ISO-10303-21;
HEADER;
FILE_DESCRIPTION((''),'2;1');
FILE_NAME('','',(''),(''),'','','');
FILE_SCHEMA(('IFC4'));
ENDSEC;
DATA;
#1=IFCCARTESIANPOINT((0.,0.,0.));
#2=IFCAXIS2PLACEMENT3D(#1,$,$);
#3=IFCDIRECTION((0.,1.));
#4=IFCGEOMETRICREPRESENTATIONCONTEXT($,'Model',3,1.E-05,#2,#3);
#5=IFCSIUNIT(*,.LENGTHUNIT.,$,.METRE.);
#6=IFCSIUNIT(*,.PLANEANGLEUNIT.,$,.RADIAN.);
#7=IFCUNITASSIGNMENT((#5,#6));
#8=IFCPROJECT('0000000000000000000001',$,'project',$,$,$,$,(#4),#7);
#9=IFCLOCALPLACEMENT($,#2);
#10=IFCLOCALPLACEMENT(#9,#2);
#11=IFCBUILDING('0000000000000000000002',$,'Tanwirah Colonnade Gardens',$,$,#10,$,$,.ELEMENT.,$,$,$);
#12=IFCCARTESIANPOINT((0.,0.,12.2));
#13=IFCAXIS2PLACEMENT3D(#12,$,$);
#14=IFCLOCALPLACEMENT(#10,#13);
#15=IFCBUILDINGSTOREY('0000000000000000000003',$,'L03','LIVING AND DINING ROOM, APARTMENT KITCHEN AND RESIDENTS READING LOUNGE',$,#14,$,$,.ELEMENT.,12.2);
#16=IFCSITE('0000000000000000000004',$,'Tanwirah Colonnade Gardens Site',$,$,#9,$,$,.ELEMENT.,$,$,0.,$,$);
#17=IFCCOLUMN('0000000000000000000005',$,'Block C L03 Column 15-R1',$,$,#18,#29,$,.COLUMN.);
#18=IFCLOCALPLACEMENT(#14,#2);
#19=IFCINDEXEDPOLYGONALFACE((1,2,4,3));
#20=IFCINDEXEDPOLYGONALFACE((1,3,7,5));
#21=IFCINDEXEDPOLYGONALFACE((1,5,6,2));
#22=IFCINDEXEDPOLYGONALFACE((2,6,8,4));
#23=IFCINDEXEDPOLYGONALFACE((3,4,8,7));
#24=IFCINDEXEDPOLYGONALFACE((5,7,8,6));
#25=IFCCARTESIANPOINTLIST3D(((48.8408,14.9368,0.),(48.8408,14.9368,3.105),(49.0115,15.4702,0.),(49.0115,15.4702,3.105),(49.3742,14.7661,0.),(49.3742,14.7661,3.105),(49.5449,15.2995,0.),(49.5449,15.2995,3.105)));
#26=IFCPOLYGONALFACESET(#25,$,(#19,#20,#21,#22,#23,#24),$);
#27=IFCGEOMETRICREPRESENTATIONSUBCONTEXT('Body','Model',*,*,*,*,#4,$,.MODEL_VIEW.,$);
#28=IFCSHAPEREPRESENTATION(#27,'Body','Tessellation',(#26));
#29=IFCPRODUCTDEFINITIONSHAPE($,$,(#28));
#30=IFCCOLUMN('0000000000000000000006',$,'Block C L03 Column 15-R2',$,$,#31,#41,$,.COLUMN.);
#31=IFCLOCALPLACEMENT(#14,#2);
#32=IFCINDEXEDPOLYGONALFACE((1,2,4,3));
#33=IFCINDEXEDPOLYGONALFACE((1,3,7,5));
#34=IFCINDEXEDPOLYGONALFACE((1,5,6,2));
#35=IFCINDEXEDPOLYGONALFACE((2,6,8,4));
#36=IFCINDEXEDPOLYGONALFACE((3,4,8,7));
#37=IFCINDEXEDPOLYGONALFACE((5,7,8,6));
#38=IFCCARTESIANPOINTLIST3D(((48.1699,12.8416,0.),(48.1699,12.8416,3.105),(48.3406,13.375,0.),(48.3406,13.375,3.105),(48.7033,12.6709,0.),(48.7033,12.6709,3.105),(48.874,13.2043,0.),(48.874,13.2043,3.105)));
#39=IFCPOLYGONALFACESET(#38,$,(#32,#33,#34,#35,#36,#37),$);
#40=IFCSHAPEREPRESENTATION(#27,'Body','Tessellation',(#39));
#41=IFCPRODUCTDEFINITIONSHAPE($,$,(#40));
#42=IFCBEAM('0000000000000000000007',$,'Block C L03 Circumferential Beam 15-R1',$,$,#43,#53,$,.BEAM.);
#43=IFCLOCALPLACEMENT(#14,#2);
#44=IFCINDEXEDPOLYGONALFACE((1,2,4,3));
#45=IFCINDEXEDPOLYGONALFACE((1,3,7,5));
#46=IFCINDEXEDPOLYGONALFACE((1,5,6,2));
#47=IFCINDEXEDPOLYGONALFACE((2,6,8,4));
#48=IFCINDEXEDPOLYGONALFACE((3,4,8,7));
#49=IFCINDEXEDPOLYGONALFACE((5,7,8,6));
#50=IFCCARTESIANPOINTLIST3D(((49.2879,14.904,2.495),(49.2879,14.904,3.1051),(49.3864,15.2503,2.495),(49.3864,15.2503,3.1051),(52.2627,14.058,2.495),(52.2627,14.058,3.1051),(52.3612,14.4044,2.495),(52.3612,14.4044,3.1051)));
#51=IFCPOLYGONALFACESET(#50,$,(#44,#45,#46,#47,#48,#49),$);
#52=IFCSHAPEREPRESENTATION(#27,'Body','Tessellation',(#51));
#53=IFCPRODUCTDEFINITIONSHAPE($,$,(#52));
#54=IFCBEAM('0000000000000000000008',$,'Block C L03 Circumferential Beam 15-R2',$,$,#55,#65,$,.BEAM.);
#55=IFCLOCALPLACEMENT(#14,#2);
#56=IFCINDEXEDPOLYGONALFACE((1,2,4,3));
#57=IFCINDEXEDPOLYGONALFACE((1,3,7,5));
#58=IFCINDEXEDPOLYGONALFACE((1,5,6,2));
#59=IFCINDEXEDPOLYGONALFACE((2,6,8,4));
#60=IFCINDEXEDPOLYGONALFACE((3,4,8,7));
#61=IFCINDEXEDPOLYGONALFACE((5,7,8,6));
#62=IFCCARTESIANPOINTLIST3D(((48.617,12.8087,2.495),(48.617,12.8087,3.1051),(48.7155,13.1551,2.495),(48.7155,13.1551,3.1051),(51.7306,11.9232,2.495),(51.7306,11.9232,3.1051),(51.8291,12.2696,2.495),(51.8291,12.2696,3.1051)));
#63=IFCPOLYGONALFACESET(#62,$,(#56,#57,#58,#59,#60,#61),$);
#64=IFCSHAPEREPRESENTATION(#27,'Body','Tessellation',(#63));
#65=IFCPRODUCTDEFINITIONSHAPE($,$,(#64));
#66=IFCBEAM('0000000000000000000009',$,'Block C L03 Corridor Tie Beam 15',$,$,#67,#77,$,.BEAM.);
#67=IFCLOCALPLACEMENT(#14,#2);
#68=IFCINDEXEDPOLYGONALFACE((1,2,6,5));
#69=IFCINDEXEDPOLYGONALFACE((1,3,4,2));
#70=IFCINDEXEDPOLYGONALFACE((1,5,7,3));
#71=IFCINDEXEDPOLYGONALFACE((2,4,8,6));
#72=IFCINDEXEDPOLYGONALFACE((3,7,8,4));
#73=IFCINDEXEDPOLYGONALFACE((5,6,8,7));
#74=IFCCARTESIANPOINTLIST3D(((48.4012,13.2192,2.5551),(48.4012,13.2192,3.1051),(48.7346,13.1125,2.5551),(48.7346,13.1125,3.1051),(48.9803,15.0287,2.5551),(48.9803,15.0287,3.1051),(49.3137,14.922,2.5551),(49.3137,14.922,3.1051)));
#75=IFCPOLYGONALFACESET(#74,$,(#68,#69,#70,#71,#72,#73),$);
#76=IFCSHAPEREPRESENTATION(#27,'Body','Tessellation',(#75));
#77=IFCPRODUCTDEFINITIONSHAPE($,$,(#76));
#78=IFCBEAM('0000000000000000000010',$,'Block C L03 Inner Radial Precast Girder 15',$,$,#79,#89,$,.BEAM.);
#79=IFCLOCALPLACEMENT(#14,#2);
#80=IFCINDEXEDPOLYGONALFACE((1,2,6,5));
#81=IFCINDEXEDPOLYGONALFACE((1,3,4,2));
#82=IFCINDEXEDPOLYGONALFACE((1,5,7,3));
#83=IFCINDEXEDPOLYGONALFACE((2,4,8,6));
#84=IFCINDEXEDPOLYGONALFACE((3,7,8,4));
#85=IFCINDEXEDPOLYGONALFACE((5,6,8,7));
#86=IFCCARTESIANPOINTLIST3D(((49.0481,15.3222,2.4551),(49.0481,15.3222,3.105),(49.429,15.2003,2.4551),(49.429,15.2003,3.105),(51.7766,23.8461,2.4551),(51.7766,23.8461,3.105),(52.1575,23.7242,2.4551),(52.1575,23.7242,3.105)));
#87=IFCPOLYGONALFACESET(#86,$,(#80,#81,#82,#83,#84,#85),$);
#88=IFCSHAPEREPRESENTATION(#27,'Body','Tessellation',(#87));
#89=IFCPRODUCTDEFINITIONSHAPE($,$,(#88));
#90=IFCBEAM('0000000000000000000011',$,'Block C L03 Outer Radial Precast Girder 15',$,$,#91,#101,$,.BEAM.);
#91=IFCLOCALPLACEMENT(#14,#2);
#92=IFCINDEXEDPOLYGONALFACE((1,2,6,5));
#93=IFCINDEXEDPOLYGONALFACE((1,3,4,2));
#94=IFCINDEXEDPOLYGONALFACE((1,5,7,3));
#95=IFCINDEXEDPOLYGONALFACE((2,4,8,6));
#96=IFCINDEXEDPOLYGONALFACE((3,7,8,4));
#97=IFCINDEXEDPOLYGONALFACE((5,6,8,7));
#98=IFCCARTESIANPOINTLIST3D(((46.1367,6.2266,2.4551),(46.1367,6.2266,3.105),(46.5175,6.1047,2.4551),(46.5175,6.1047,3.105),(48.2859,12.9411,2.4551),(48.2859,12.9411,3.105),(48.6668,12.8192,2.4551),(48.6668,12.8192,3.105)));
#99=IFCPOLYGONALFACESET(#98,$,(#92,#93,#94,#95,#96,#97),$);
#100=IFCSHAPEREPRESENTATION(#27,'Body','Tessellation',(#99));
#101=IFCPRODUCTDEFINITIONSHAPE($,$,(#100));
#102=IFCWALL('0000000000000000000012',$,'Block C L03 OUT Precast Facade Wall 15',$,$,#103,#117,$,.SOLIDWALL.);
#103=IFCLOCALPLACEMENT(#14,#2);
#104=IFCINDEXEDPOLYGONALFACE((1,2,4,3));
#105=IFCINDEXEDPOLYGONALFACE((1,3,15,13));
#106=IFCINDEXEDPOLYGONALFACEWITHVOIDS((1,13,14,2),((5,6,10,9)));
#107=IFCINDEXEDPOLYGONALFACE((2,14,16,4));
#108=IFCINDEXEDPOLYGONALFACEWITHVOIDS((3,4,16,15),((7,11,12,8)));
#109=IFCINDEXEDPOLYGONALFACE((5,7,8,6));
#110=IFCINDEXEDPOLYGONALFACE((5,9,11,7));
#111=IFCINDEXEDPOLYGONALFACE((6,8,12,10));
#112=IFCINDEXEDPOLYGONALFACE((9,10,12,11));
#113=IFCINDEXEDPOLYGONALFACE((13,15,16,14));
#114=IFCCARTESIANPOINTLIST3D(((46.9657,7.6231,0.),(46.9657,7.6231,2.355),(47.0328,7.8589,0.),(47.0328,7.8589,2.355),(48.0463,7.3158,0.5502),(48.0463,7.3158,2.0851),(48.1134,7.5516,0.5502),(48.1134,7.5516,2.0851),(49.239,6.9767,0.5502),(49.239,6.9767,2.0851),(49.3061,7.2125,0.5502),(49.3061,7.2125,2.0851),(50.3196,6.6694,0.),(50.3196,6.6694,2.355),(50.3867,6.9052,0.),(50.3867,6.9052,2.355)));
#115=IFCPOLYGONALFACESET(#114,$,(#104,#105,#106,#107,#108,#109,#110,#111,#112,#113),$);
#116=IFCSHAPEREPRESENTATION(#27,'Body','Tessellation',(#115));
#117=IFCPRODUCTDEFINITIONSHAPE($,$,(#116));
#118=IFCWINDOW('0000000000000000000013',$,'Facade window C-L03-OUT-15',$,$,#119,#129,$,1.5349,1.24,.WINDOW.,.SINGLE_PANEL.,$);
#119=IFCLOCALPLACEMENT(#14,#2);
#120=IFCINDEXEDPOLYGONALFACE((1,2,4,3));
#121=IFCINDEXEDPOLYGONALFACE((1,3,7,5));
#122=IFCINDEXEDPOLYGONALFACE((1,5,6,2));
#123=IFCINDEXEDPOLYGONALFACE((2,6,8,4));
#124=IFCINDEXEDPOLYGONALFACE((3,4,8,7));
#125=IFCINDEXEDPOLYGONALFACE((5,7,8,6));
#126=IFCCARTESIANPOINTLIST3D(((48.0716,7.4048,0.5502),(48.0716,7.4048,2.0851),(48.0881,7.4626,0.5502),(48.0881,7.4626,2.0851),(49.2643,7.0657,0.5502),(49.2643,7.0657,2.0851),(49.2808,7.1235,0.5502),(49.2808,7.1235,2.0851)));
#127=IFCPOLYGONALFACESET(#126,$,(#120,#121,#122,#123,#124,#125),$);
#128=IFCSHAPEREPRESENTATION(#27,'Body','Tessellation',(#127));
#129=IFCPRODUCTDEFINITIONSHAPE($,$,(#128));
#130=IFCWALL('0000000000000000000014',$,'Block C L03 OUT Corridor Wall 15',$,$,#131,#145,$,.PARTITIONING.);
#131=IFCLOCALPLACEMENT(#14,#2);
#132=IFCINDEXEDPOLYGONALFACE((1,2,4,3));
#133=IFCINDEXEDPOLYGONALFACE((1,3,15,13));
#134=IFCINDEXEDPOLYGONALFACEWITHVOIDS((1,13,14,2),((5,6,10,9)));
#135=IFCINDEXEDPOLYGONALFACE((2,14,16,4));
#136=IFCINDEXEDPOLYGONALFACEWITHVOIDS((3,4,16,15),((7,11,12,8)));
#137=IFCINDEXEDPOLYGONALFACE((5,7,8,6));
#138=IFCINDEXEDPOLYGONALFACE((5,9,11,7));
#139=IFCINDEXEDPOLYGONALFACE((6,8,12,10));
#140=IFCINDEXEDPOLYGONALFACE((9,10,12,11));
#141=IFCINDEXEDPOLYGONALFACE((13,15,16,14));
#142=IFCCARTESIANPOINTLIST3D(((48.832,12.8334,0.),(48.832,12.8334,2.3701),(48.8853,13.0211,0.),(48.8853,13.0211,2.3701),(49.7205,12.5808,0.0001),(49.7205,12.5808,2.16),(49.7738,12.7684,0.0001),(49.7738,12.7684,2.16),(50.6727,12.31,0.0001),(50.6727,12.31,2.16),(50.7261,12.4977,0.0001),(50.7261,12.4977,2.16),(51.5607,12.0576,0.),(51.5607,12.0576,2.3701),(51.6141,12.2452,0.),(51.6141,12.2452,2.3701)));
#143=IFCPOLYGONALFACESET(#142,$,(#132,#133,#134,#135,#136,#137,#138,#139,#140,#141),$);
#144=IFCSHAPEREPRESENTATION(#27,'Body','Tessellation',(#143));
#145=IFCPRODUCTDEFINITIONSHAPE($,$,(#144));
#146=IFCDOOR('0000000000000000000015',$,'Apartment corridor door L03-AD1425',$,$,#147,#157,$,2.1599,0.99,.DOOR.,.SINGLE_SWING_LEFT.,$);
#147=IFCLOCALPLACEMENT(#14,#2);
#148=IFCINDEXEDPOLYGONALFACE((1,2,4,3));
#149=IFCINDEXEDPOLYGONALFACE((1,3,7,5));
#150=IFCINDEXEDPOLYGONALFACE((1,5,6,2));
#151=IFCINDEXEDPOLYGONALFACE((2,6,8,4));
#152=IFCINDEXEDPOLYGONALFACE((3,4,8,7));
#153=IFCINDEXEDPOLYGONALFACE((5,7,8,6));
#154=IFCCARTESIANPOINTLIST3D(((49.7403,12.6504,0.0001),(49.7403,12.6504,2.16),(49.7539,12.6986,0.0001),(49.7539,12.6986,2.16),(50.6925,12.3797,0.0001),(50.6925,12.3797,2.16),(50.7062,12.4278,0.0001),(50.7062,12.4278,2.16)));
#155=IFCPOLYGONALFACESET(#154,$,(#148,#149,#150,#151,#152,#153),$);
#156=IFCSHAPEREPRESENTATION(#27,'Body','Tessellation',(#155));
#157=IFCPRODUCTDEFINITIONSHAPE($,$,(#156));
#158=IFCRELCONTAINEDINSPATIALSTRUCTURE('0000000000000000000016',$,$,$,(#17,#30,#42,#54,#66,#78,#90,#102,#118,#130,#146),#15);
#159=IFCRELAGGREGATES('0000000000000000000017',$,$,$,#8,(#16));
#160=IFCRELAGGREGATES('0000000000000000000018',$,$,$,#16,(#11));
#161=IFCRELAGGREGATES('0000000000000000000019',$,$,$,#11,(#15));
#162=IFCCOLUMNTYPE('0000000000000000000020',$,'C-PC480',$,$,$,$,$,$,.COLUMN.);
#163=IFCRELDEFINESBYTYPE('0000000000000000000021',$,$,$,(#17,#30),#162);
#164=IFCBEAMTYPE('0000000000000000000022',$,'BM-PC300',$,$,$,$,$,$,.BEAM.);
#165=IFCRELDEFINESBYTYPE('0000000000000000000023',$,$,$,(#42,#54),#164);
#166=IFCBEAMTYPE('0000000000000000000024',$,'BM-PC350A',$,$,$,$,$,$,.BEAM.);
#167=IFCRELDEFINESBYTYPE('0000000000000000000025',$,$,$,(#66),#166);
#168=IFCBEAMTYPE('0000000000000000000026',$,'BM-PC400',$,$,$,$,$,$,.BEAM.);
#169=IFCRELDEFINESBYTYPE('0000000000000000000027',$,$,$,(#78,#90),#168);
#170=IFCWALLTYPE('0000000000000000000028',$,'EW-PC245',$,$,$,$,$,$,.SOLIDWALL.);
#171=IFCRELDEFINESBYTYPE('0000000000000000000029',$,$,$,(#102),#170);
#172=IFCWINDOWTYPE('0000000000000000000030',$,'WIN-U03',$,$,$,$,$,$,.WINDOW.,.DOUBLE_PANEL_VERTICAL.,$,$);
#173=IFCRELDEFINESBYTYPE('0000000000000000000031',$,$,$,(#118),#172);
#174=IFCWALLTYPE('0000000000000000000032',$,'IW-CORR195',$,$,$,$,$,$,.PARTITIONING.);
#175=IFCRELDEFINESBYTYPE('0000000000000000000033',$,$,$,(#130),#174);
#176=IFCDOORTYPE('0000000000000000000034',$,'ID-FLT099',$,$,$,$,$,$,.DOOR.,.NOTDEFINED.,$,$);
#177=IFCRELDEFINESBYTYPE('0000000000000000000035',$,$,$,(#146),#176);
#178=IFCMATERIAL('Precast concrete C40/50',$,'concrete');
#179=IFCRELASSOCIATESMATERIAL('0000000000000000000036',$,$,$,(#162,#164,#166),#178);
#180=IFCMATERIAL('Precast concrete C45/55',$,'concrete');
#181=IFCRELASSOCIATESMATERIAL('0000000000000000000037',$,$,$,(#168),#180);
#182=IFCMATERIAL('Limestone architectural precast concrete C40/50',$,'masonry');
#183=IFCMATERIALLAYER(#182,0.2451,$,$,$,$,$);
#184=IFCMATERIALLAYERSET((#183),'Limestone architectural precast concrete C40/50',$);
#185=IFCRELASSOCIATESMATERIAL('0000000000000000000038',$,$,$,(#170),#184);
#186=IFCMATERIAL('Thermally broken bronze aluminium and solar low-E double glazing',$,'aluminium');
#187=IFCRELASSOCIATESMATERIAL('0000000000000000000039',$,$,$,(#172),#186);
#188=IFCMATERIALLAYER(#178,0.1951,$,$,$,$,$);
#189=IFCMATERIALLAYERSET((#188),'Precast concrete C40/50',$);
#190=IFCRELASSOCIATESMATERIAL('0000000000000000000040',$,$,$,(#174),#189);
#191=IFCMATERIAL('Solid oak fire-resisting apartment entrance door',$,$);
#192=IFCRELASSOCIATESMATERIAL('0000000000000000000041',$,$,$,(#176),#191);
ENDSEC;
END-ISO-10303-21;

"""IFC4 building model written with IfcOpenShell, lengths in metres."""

from ifc_helpers import new_model, si_unit, direction, frame, frame_2d, origin, origin_2d, place, context, subcontext, project, spatial, rectangle, extrude, material, layer, layer_set, material_profile, profile_set, type_object, element, fill, save


model = new_model("IFC4")

# Units and contexts
model_context = context("Model", 3, precision=1e-05, world=origin(), true_north=direction((0.0, 1.0)))
body_context = subcontext(model_context, "Body", "Model", "MODEL_VIEW")
ifc_project = project(units=[si_unit("LENGTHUNIT", "METRE"), si_unit("PLANEANGLEUNIT", "RADIAN")], contexts=[model_context])

# Site, building, storey
site_placement = place(None, origin())
site = spatial("IfcSite", under=ifc_project, at=site_placement, Name="Tanwirah Colonnade Gardens Site", CompositionType="ELEMENT", RefElevation=0.0)
building_placement = place(site_placement, origin())
building = spatial("IfcBuilding", under=site, at=building_placement, Name="Tanwirah Colonnade Gardens", CompositionType="ELEMENT")
storey_placement = place(building_placement, frame((0.0, 0.0, 12.2)))
storey = spatial("IfcBuildingStorey", under=building, at=storey_placement, Name="L03", Description="LIVING AND DINING ROOM, APARTMENT KITCHEN AND RESIDENTS READING LOUNGE", CompositionType="ELEMENT", Elevation=12.2)

# Columns
ifc_material_1 = material(Name="Precast concrete C40/50", Category="concrete")
ifc_material_profile_1 = material_profile(ifc_material_1, rectangle(XDim=0.5601, YDim=0.5601, at=origin_2d()), Name="PC-COL 560x560")
ifc_profile_set_1 = profile_set([ifc_material_profile_1], Name="Precast concrete C40/50")
column_type = type_object("IfcColumnType", Name="C-PC480", PredefinedType="COLUMN", material=ifc_profile_set_1)
for number, where, z_axis, x_axis, name in (
    (1, (49.1929, 15.1182, 0.0), (0.0, 0.0, 1.0), (-0.304864, -0.952396, 0.0), "Block C L03 Column 15-R1"),
    (2, (48.522, 13.0229, 0.0), (0.0, 0.0, 1.0), (-0.304864, -0.952396, 0.0), "Block C L03 Column 15-R2"),
):
    element("IfcColumn", number, at=place(storey_placement, frame(where, z_axis=z_axis, x_axis=x_axis)), inside=storey, type_object=column_type, Name=name, PredefinedType="COLUMN", context=body_context, shape_type="SweptSolid", body=[
        extrude(rectangle(XDim=0.5601, YDim=0.5601, at=origin_2d()), origin(), (0.0, 0.0, 1.0), 3.105),
    ])

# Beams
ifc_material_profile_2 = material_profile(ifc_material_1, rectangle(XDim=0.3601, YDim=0.6101, at=origin_2d()), Name="PC-BM 360x610")
ifc_profile_set_2 = profile_set([ifc_material_profile_2], Name="Precast concrete C40/50")
beam_type_1 = type_object("IfcBeamType", Name="BM-PC300", PredefinedType="BEAM", material=ifc_profile_set_2)
beam_1_placement = place(storey_placement, frame((49.3372, 15.0771, 2.8), z_axis=(0.961866, -0.273522, 0.0), x_axis=(0.273522, 0.961866, 0.0)))
element("IfcBeam", 3, at=beam_1_placement, inside=storey, type_object=beam_type_1, Name="Block C L03 Circumferential Beam 15-R1", PredefinedType="BEAM", context=body_context, shape_type="SweptSolid", body=[
    extrude(rectangle(XDim=0.3601, YDim=0.6101, at=origin_2d()), origin(), (0.0, 0.0, 1.0), 3.0928),
])
beam_2_placement = place(storey_placement, frame((48.6663, 12.9819, 2.8), z_axis=(0.961856, -0.273555, 0.0), x_axis=(0.273555, 0.961856, 0.0)))
element("IfcBeam", 4, at=beam_2_placement, inside=storey, type_object=beam_type_1, Name="Block C L03 Circumferential Beam 15-R2", PredefinedType="BEAM", context=body_context, shape_type="SweptSolid", body=[
    extrude(rectangle(XDim=0.3601, YDim=0.6101, at=origin_2d()), origin(), (0.0, 0.0, 1.0), 3.2371),
])
ifc_material_profile_3 = material_profile(ifc_material_1, rectangle(XDim=0.3501, YDim=0.55, at=origin_2d()), Name="PC-BM 350x550")
ifc_profile_set_3 = profile_set([ifc_material_profile_3], Name="Precast concrete C40/50")
beam_type_2 = type_object("IfcBeamType", Name="BM-PC350A", PredefinedType="BEAM", material=ifc_profile_set_3)
beam_3_placement = place(storey_placement, frame((49.147, 14.9753, 2.8301), z_axis=(-0.304794, -0.952418, 0.0), x_axis=(0.952418, -0.304794, 0.0)))
element("IfcBeam", 5, at=beam_3_placement, inside=storey, type_object=beam_type_2, Name="Block C L03 Corridor Tie Beam 15", PredefinedType="BEAM", context=body_context, shape_type="SweptSolid", body=[
    extrude(rectangle(XDim=0.3501, YDim=0.55, at=origin_2d()), origin(), (0.0, 0.0, 1.0), 1.8999),
])
ifc_material_2 = material(Name="Precast concrete C45/55", Category="concrete")
ifc_material_profile_4 = material_profile(ifc_material_2, rectangle(XDim=0.3999, YDim=0.6499, at=origin_2d()), Name="PC-BM 400x650")
ifc_profile_set_4 = profile_set([ifc_material_profile_4], Name="Precast concrete C45/55")
beam_type_3 = type_object("IfcBeamType", Name="BM-PC400", PredefinedType="BEAM", material=ifc_profile_set_4)
beam_4_placement = place(storey_placement, frame((49.2385, 15.2612, 2.78), z_axis=(0.304863, 0.952396, 0.0), x_axis=(-0.952396, 0.304863, 0.0)))
element("IfcBeam", 6, at=beam_4_placement, inside=storey, type_object=beam_type_3, Name="Block C L03 Inner Radial Precast Girder 15", PredefinedType="BEAM", context=body_context, shape_type="SweptSolid", body=[
    extrude(rectangle(XDim=0.3999, YDim=0.6499, at=origin_2d()), origin(), (0.0, 0.0, 1.0), 8.95),
])
beam_5_placement = place(storey_placement, frame((48.4763, 12.8801, 2.78), z_axis=(-0.30485, -0.9524, 0.0), x_axis=(0.9524, -0.30485, 0.0)))
element("IfcBeam", 7, at=beam_5_placement, inside=storey, type_object=beam_type_3, Name="Block C L03 Outer Radial Precast Girder 15", PredefinedType="BEAM", context=body_context, shape_type="SweptSolid", body=[
    extrude(rectangle(XDim=0.3999, YDim=0.6499, at=origin_2d()), origin(), (0.0, 0.0, 1.0), 7.05),
])

# Wall, opening, window
ifc_material_3 = material(Name="Limestone architectural precast concrete C40/50", Category="masonry")
ifc_layer_1 = layer(ifc_material_3, 0.2451)
ifc_layer_set_1 = layer_set([ifc_layer_1], Name="Limestone architectural precast concrete C40/50")
wall_type_1 = type_object("IfcWallType", Name="EW-PC245", PredefinedType="SOLIDWALL", material=ifc_layer_set_1)
wall_1_placement = place(storey_placement, frame((46.9993, 7.741, 0.0), z_axis=(0.0, 0.0, 1.0), x_axis=(0.961872, -0.2735, 0.0)))
wall_1 = element("IfcWall", 8, at=wall_1_placement, inside=storey, type_object=wall_type_1, Name="Block C L03 OUT Precast Facade Wall 15", PredefinedType="SOLIDWALL", context=body_context, shape_type="SweptSolid", body=[
    extrude(rectangle(XDim=3.4868, YDim=0.2451, at=frame_2d((1.7434, 0.0))), origin(), (0.0, 0.0, 1.0), 2.355),
])
opening_1_placement = place(wall_1_placement, frame((1.1233, 0.0, 0.55)))
opening_1 = element("IfcOpeningElement", 9, at=opening_1_placement, cuts=wall_1, PredefinedType="OPENING", context=body_context, shape_type="SweptSolid", body=[
    extrude(rectangle(XDim=1.24, YDim=1.5349, at=frame_2d((0.6201, 0.7676))), frame((0.0, 0.1326, 0.0), z_axis=(0.0, -1.0, 0.0), x_axis=(1.0, 0.0, 0.0)), (0.0, 0.0, 1.0), 0.2651),
])
ifc_material_4 = material(Name="Thermally broken bronze aluminium and solar low-E double glazing", Category="aluminium")
window_type = type_object("IfcWindowType", Name="WIN-U03", PartitioningType="DOUBLE_PANEL_VERTICAL", PredefinedType="WINDOW", material=ifc_material_4)
window_placement = place(opening_1_placement, origin())
window = element("IfcWindow", 10, at=window_placement, inside=storey, type_object=window_type, Name="Facade window C-L03-OUT-15", OverallHeight=1.5349, OverallWidth=1.24, PartitioningType="SINGLE_PANEL", PredefinedType="WINDOW", context=body_context, shape_type="SweptSolid", body=[
    extrude(rectangle(XDim=1.24, YDim=1.5349, at=frame_2d((0.6201, 0.7676))), frame((0.0, 0.03, 0.0), z_axis=(0.0, -1.0, 0.0), x_axis=(1.0, 0.0, 0.0)), (0.0, 0.0, 1.0), 0.0601),
])
fill(opening_1, window)

# Wall, opening, door
ifc_layer_2 = layer(ifc_material_1, 0.1951)
ifc_layer_set_2 = layer_set([ifc_layer_2], Name="Precast concrete C40/50")
wall_type_2 = type_object("IfcWallType", Name="IW-CORR195", PredefinedType="PARTITIONING", material=ifc_layer_set_2)
wall_2_placement = place(storey_placement, frame((48.8586, 12.9272, 0.0), z_axis=(0.0, 0.0, 1.0), x_axis=(0.961874, -0.273493, 0.0)))
wall_2 = element("IfcWall", 11, at=wall_2_placement, inside=storey, type_object=wall_type_2, Name="Block C L03 OUT Corridor Wall 15", PredefinedType="PARTITIONING", context=body_context, shape_type="SweptSolid", body=[
    extrude(rectangle(XDim=2.8369, YDim=0.1951, at=frame_2d((1.4185, 0.0))), origin(), (0.0, 0.0, 1.0), 2.3701),
])
opening_2_placement = place(wall_2_placement, frame((0.9236, 0.0, 0.0)))
opening_2 = element("IfcOpeningElement", 12, at=opening_2_placement, cuts=wall_2, PredefinedType="OPENING", context=body_context, shape_type="SweptSolid", body=[
    extrude(rectangle(XDim=0.99, YDim=2.1599, at=frame_2d((0.4951, 1.0801))), frame((0.0, 0.1074, 0.0), z_axis=(0.0, -1.0, 0.0), x_axis=(1.0, 0.0, 0.0)), (0.0, 0.0, 1.0), 0.2151),
])
ifc_material_5 = material(Name="Solid oak fire-resisting apartment entrance door")
door_type = type_object("IfcDoorType", Name="ID-FLT099", OperationType="NOTDEFINED", PredefinedType="DOOR", material=ifc_material_5)
door_1_placement = place(opening_2_placement, origin())
door_1 = element("IfcDoor", 13, at=door_1_placement, inside=storey, type_object=door_type, Name="Apartment corridor door L03-AD1425", OperationType="SINGLE_SWING_LEFT", OverallHeight=2.1599, OverallWidth=0.99, PredefinedType="DOOR", context=body_context, shape_type="SweptSolid", body=[
    extrude(rectangle(XDim=0.99, YDim=2.1599, at=frame_2d((0.4951, 1.0801))), frame((0.0, 0.0249, 0.0), z_axis=(0.0, -1.0, 0.0), x_axis=(1.0, 0.0, 0.0)), (0.0, 0.0, 1.0), 0.05),
])
fill(opening_2, door_1)

save(model, "model.ifc")
